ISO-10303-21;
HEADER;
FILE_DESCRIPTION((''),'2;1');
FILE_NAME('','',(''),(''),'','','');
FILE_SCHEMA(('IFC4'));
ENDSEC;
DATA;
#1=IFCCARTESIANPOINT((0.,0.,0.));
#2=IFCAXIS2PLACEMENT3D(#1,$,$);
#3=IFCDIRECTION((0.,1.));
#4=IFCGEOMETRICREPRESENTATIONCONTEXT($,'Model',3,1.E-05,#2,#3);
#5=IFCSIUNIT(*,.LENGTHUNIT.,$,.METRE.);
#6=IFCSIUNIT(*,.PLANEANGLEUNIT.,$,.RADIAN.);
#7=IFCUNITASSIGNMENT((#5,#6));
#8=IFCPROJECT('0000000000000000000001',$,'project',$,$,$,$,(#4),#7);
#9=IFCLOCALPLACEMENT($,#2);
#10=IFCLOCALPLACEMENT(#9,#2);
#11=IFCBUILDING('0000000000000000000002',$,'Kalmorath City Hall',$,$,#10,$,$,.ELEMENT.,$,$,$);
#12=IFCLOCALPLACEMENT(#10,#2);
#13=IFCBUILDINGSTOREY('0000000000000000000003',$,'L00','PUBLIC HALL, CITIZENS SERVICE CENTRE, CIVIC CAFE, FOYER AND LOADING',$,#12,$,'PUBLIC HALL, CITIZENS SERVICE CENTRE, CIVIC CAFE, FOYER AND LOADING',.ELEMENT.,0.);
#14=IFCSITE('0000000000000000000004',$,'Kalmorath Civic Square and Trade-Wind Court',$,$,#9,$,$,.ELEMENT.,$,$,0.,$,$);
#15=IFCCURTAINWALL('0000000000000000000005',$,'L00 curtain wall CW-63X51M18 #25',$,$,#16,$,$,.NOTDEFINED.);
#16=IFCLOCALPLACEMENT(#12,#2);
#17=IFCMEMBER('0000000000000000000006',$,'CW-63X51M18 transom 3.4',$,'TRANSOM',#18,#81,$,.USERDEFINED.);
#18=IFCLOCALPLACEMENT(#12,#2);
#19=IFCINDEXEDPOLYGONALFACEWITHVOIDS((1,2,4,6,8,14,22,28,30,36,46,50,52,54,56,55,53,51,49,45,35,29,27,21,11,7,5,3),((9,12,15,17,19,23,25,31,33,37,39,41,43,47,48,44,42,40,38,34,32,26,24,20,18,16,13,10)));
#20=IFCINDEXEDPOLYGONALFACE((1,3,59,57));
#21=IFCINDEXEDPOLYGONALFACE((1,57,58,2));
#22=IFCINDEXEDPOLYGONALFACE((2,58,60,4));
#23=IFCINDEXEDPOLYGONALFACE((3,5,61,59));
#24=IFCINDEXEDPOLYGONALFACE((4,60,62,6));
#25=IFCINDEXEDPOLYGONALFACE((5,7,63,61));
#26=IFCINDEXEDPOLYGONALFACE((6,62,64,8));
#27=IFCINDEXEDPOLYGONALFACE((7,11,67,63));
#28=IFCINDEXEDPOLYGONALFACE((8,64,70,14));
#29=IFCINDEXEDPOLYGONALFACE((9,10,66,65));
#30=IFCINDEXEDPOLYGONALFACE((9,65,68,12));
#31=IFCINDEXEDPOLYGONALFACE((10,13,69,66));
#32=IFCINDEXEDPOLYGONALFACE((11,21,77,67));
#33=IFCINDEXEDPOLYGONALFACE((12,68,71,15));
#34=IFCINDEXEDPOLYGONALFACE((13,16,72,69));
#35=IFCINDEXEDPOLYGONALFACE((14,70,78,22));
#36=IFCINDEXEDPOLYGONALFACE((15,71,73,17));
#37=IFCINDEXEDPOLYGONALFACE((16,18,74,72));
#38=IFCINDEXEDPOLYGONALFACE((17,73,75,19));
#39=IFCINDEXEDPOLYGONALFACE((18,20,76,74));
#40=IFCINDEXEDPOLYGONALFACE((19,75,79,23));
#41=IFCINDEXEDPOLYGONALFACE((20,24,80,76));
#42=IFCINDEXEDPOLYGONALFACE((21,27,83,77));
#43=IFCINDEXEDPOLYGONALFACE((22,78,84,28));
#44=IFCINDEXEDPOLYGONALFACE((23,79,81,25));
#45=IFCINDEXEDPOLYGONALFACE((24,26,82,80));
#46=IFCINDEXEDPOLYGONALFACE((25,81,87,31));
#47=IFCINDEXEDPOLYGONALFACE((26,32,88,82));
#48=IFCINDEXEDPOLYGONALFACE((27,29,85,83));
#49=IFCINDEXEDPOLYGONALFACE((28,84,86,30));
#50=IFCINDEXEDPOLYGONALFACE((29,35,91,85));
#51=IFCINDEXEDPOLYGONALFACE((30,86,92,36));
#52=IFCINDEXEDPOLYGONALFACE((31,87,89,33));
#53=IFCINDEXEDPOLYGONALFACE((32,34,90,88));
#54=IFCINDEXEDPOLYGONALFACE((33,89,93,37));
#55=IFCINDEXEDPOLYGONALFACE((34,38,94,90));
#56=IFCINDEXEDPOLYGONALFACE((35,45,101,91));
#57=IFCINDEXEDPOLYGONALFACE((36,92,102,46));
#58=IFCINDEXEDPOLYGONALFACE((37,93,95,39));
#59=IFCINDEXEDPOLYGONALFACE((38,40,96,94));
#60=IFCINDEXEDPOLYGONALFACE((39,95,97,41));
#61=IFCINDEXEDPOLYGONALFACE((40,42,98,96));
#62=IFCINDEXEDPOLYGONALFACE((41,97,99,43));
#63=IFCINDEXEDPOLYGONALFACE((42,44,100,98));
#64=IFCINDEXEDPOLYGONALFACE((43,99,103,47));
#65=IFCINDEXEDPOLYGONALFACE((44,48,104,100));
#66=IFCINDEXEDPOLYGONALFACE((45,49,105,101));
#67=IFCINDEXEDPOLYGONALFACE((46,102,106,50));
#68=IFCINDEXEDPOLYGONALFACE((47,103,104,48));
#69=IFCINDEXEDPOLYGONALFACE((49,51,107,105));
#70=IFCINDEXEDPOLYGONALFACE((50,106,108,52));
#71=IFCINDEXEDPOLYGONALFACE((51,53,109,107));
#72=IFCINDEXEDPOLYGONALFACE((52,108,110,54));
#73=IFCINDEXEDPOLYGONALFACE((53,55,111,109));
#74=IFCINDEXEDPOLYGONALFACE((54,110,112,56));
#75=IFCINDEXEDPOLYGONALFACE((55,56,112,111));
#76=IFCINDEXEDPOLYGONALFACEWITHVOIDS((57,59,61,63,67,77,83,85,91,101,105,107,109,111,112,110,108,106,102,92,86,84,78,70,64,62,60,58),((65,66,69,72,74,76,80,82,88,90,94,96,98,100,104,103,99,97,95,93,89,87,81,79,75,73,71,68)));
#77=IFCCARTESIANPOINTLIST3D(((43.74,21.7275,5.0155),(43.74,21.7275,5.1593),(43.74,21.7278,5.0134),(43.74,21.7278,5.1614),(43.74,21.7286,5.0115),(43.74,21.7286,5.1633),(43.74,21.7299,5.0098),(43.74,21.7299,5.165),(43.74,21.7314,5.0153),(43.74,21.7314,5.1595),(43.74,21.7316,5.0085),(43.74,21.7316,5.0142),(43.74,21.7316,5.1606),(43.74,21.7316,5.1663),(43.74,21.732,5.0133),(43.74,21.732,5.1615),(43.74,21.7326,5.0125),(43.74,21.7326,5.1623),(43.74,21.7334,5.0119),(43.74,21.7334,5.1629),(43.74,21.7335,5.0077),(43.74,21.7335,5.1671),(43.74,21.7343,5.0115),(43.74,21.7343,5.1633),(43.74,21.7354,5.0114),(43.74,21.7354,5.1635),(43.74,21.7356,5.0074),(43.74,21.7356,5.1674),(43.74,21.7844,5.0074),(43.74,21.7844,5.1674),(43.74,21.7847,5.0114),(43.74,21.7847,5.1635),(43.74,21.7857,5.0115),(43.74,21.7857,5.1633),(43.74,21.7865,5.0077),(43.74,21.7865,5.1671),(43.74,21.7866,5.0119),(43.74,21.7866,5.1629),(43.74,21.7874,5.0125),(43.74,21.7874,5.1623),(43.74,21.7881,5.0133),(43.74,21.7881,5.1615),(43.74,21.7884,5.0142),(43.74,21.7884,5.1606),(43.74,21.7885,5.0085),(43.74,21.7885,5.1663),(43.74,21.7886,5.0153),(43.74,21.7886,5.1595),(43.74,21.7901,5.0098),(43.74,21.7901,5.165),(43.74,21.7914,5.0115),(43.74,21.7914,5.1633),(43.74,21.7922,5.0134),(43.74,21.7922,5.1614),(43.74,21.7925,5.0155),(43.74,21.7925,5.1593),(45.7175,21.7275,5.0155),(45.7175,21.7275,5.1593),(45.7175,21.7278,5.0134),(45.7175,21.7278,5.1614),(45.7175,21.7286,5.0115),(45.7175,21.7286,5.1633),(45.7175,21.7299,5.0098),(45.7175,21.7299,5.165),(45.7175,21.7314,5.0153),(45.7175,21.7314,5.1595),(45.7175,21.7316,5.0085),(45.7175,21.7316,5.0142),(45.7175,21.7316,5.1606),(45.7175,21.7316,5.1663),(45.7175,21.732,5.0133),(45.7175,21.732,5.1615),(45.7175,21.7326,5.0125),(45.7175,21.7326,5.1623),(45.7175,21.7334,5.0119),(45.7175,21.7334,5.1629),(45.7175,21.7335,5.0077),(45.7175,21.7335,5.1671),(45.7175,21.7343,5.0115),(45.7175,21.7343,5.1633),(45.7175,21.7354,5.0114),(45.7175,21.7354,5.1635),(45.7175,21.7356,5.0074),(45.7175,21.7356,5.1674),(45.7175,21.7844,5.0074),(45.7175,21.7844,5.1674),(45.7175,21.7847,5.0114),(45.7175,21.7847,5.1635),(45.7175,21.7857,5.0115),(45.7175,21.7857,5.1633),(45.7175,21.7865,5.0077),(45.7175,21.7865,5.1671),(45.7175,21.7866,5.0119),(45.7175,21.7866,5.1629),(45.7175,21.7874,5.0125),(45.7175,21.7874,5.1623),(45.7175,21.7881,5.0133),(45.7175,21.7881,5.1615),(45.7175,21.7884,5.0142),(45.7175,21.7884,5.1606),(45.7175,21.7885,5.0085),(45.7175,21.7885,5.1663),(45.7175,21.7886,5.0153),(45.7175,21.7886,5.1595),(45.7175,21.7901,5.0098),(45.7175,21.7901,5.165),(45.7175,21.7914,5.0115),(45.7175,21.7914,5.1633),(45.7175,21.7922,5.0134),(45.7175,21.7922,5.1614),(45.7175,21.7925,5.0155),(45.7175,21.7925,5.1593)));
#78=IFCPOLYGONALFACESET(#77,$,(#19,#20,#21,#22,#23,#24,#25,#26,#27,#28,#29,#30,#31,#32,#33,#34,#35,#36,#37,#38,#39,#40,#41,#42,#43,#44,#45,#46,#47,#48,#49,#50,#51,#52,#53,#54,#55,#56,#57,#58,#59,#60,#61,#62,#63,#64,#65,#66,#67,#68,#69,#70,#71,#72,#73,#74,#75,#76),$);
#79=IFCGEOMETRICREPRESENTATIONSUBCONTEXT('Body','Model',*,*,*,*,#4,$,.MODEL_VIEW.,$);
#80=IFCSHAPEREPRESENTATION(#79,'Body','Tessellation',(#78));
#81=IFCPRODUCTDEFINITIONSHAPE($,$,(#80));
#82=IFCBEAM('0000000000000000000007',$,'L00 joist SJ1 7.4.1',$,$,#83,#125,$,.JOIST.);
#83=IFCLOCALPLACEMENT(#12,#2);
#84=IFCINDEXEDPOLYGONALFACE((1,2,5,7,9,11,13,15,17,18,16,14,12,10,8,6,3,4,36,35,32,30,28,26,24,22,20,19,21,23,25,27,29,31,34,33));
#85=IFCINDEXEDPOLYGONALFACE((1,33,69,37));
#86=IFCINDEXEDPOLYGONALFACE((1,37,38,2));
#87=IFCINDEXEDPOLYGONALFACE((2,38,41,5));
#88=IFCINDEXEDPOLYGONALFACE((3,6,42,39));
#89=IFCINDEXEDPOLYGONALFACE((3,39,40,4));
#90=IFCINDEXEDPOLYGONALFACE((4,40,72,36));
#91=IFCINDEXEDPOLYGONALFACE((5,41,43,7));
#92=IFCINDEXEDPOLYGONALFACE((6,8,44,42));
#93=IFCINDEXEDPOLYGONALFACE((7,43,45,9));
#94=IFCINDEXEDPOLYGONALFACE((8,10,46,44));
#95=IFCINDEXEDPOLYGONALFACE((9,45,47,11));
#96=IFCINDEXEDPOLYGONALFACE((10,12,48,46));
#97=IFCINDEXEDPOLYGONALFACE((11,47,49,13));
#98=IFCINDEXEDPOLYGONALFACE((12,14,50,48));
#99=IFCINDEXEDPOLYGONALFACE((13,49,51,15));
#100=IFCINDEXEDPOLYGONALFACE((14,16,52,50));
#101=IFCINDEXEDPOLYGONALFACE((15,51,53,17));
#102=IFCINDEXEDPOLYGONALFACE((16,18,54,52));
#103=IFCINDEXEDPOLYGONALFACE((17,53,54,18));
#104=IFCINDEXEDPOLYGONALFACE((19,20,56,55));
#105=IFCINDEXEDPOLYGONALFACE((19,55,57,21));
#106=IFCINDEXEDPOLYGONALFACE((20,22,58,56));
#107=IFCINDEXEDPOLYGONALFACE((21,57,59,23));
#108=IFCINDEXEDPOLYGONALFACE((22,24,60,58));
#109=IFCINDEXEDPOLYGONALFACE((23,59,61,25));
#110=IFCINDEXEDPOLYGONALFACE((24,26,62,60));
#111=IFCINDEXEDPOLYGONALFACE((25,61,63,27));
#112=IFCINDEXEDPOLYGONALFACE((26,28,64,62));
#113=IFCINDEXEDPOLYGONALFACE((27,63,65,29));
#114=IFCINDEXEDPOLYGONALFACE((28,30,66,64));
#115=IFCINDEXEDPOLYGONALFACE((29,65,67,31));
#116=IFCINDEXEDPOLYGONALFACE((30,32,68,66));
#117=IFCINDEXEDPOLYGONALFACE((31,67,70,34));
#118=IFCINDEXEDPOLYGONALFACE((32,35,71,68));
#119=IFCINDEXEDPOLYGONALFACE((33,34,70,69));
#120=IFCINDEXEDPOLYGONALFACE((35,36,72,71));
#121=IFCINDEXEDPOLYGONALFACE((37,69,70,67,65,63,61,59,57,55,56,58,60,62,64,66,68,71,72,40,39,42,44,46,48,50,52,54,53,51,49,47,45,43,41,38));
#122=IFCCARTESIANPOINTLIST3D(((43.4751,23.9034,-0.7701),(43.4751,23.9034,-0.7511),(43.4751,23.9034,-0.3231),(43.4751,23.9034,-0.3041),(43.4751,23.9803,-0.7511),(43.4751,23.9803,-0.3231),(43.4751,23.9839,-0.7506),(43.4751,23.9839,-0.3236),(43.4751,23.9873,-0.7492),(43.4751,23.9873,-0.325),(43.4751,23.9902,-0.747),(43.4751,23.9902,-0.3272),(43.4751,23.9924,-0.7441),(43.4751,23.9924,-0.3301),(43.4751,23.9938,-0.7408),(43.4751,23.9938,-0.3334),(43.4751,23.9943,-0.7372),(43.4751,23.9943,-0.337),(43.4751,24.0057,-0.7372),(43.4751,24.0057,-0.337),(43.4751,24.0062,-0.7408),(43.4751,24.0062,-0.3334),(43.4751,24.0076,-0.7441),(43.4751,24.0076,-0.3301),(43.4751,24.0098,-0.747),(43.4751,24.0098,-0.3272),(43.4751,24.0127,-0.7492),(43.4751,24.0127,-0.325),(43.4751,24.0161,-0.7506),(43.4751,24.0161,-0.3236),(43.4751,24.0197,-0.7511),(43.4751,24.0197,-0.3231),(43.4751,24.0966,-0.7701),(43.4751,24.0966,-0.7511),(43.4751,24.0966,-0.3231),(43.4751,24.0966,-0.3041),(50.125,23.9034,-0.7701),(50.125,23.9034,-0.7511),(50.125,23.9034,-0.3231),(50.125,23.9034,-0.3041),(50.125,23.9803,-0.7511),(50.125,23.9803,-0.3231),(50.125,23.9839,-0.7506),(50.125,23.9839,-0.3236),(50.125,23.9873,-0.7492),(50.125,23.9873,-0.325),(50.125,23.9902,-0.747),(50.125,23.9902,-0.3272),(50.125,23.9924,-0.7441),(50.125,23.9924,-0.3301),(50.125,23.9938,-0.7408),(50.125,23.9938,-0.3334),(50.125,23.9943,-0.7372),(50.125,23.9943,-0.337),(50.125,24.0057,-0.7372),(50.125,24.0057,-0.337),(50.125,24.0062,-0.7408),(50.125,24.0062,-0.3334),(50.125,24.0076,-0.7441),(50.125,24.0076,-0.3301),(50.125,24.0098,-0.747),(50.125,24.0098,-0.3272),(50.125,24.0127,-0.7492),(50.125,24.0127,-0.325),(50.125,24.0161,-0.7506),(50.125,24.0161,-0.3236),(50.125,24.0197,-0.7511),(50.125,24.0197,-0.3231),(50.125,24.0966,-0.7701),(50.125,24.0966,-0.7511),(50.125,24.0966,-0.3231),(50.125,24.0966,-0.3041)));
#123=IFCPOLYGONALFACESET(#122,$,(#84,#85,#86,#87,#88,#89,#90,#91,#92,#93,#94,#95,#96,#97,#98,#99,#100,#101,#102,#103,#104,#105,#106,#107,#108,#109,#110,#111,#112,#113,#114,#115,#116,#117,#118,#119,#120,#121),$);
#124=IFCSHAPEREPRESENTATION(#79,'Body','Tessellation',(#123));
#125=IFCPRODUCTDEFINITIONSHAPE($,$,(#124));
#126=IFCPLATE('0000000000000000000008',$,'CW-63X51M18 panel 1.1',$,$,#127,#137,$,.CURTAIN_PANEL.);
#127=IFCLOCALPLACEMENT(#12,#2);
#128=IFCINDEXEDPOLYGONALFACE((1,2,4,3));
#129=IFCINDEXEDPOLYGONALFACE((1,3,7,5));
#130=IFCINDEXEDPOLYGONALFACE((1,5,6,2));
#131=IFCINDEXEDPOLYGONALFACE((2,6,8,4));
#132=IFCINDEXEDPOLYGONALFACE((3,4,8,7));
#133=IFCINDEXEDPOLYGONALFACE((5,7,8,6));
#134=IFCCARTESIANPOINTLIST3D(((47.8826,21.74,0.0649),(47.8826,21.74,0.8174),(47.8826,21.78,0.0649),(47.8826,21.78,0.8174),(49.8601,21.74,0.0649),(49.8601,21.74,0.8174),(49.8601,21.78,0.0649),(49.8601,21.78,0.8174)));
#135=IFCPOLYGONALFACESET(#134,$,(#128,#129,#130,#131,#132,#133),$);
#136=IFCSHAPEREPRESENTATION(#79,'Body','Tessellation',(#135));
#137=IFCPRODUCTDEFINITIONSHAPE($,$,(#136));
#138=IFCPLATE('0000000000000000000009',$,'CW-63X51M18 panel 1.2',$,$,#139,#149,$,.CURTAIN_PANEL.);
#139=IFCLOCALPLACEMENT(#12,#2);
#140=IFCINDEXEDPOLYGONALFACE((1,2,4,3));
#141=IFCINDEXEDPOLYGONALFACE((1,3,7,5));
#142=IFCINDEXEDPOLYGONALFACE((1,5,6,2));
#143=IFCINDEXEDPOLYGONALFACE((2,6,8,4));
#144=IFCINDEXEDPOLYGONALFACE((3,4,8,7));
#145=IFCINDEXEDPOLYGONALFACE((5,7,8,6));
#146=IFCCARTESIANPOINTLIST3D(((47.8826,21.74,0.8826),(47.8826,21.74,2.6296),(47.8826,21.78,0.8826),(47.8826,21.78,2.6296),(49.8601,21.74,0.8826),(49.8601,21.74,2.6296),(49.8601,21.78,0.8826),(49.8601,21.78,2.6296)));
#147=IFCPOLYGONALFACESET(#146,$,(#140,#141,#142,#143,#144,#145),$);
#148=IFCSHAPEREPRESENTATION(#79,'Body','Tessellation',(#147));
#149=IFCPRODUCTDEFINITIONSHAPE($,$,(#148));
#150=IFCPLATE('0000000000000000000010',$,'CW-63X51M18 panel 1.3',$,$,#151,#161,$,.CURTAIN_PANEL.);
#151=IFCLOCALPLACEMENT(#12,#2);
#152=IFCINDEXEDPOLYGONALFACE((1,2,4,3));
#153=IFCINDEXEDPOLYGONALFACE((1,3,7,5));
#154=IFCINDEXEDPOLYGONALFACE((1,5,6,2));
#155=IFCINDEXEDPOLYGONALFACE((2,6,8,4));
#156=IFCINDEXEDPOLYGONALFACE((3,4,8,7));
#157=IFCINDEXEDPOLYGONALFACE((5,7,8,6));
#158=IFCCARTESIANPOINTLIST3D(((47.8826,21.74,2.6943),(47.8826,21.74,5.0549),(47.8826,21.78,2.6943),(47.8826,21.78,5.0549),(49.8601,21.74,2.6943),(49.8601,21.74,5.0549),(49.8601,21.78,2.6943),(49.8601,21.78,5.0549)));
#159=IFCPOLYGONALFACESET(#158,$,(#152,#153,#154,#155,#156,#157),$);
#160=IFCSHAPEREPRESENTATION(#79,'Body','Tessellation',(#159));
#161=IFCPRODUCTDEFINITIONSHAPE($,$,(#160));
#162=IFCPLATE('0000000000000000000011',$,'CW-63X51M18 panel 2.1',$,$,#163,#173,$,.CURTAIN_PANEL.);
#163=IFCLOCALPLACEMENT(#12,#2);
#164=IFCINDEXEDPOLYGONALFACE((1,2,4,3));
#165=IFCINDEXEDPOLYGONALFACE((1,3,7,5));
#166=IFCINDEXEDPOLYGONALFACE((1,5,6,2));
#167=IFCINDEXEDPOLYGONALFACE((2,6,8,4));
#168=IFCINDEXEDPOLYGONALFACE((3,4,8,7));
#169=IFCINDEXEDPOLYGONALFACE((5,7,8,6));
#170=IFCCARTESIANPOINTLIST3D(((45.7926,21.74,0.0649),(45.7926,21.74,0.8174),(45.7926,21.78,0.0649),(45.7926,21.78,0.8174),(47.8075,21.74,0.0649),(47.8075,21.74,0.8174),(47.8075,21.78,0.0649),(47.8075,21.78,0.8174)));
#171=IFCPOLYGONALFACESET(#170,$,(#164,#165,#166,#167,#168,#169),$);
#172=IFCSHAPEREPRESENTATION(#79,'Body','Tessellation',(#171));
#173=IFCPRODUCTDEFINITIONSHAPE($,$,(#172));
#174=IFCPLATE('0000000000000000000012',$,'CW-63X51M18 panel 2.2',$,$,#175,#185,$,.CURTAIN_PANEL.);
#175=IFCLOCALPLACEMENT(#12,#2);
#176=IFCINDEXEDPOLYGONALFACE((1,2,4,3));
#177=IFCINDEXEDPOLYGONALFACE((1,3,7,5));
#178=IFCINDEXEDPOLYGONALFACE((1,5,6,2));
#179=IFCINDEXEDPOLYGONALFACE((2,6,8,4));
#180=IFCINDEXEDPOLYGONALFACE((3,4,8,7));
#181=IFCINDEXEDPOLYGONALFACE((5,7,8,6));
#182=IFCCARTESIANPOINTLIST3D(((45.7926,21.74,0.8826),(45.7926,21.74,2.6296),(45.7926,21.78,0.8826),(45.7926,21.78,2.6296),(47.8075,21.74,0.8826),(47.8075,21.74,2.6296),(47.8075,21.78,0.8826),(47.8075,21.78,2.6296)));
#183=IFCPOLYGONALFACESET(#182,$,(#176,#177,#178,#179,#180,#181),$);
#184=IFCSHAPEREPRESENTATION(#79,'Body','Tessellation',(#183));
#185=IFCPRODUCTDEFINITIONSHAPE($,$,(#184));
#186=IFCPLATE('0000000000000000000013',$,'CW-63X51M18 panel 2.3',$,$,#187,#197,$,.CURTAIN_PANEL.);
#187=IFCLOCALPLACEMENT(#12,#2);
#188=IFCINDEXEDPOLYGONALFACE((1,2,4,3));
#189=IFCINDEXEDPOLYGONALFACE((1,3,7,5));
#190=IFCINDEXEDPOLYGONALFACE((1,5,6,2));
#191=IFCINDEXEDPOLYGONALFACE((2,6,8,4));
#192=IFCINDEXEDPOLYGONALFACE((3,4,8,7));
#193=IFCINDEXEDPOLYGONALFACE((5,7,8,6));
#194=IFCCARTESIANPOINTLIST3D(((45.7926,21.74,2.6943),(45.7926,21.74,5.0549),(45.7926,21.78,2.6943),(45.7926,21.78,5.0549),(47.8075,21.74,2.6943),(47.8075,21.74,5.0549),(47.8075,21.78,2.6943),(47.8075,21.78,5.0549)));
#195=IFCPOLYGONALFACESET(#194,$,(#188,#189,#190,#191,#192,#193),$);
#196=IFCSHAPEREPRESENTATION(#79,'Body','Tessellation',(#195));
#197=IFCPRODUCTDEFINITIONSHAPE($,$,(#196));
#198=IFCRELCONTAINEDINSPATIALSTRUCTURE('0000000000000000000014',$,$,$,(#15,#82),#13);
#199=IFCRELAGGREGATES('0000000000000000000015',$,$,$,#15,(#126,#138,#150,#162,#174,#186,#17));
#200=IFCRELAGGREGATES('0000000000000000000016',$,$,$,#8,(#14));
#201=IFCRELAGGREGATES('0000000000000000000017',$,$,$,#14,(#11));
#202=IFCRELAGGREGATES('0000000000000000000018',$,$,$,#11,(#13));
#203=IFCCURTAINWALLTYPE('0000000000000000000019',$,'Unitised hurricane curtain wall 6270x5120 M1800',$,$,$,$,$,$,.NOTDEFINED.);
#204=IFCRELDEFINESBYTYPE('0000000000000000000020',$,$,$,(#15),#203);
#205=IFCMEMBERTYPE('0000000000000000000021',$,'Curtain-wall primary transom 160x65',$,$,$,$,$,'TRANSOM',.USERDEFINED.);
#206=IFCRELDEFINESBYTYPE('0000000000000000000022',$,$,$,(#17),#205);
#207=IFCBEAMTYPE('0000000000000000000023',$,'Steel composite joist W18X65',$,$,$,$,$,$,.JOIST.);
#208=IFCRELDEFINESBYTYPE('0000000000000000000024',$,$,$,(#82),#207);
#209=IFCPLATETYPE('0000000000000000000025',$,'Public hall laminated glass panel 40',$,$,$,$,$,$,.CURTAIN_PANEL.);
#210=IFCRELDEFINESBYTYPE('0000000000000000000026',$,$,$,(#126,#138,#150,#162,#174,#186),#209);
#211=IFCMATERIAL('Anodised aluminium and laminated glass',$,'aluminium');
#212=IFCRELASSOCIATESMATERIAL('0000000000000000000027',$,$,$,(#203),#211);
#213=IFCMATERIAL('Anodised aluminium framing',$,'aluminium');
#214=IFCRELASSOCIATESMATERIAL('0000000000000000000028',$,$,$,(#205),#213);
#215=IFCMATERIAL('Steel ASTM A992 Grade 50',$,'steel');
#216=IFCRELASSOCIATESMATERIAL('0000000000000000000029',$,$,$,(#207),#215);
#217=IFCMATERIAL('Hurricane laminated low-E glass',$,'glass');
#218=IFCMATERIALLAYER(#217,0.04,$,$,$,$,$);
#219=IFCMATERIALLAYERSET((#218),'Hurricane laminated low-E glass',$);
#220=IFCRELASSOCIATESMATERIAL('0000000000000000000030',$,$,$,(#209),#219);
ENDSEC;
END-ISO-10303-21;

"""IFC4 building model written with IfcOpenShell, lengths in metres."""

from ifc_helpers import new_model, si_unit, direction, frame, origin, origin_2d, place, context, subcontext, project, spatial, rectangle, hollow_rectangle, i_section, extrude, material, layer, layer_set, material_profile, profile_set, type_object, element, aggregate, save


model = new_model("IFC4")

# Units and contexts
model_context = context("Model", 3, precision=1e-05, world=origin(), true_north=direction((0.0, 1.0)))
body_context = subcontext(model_context, "Body", "Model", "MODEL_VIEW")
ifc_project = project(units=[si_unit("LENGTHUNIT", "METRE"), si_unit("PLANEANGLEUNIT", "RADIAN")], contexts=[model_context])

# Site, building, storey
site_placement = place(None, origin())
site = spatial("IfcSite", under=ifc_project, at=site_placement, Name="Kalmorath Civic Square and Trade-Wind Court", CompositionType="ELEMENT", RefElevation=0.0)
building_placement = place(site_placement, origin())
building = spatial("IfcBuilding", under=site, at=building_placement, Name="Kalmorath City Hall", CompositionType="ELEMENT")
storey_placement = place(building_placement, origin())
storey = spatial("IfcBuildingStorey", under=building, at=storey_placement, Name="L00", Description="PUBLIC HALL, CITIZENS SERVICE CENTRE, CIVIC CAFE, FOYER AND LOADING", LongName="PUBLIC HALL, CITIZENS SERVICE CENTRE, CIVIC CAFE, FOYER AND LOADING", CompositionType="ELEMENT", Elevation=0.0)

# Curtain wall, member
ifc_material_1 = material(Name="Anodised aluminium and laminated glass", Category="aluminium")
curtain_wall_type = type_object("IfcCurtainWallType", Name="Unitised hurricane curtain wall 6270x5120 M1800", PredefinedType="NOTDEFINED", material=ifc_material_1)
curtain_wall_placement = place(storey_placement, origin())
curtain_wall = element("IfcCurtainWall", 1, at=curtain_wall_placement, inside=storey, type_object=curtain_wall_type, Name="L00 curtain wall CW-63X51M18 #25", PredefinedType="NOTDEFINED")
ifc_material_2 = material(Name="Anodised aluminium framing", Category="aluminium")
ifc_material_profile_1 = material_profile(ifc_material_2, hollow_rectangle(XDim=0.0649, YDim=0.1599, WallThickness=0.0039, InnerFilletRadius=0.0039, OuterFilletRadius=0.0081, at=origin_2d()), Name="ALU-TRN-160X65X4")
ifc_profile_set_1 = profile_set([ifc_material_profile_1], Name="Anodised aluminium framing")
member_type_1 = type_object("IfcMemberType", Name="Curtain-wall primary transom 160x65", ElementType="TRANSOM", PredefinedType="USERDEFINED", material=ifc_profile_set_1)
member_1_placement = place(storey_placement, frame((45.7175, 21.76, 5.0874), z_axis=(-1.0, 0.0, 0.0), x_axis=(0.0, -1.0, 0.0)))
member_1 = element("IfcMember", 2, at=member_1_placement, type_object=member_type_1, Name="CW-63X51M18 transom 3.4", ObjectType="TRANSOM", PredefinedType="USERDEFINED", context=body_context, shape_type="SweptSolid", body=[
    extrude(hollow_rectangle(XDim=0.0649, YDim=0.1599, WallThickness=0.0039, InnerFilletRadius=0.0039, OuterFilletRadius=0.0081, at=origin_2d()), origin(), (0.0, 0.0, 1.0), 1.9775),
])

# Beam
ifc_material_3 = material(Name="Steel ASTM A992 Grade 50", Category="steel")
ifc_material_profile_2 = material_profile(ifc_material_3, i_section(OverallWidth=0.1931, OverallDepth=0.4661, WebThickness=0.0115, FlangeThickness=0.019, FilletRadius=0.0139, at=origin_2d()), Name="W18X65")
ifc_profile_set_2 = profile_set([ifc_material_profile_2], Name="Steel ASTM A992 Grade 50")
beam_type_1 = type_object("IfcBeamType", Name="Steel composite joist W18X65", PredefinedType="JOIST", material=ifc_profile_set_2)
beam_1_placement = place(storey_placement, frame((43.4751, 24.0, -0.5371), z_axis=(1.0, 0.0, 0.0), x_axis=(0.0, 1.0, 0.0)))
element("IfcBeam", 3, at=beam_1_placement, inside=storey, type_object=beam_type_1, Name="L00 joist SJ1 7.4.1", PredefinedType="JOIST", context=body_context, shape_type="SweptSolid", body=[
    extrude(i_section(OverallWidth=0.1931, OverallDepth=0.4661, WebThickness=0.0115, FlangeThickness=0.019, FilletRadius=0.0139, at=origin_2d()), origin(), (0.0, 0.0, 1.0), 6.6499),
])

# Plates
ifc_material_4 = material(Name="Hurricane laminated low-E glass", Category="glass")
ifc_layer = layer(ifc_material_4, 0.04)
ifc_layer_set = layer_set([ifc_layer], Name="Hurricane laminated low-E glass")
plate_type = type_object("IfcPlateType", Name="Public hall laminated glass panel 40", PredefinedType="CURTAIN_PANEL", material=ifc_layer_set)
plate_1_placement = place(storey_placement, frame((48.8713, 21.76, 0.0649), z_axis=(0.0, 0.0, 1.0), x_axis=(-1.0, 0.0, 0.0)))
plate_1 = element("IfcPlate", 4, at=plate_1_placement, type_object=plate_type, Name="CW-63X51M18 panel 1.1", PredefinedType="CURTAIN_PANEL", context=body_context, shape_type="SweptSolid", body=[
    extrude(rectangle(XDim=1.9775, YDim=0.04, at=origin_2d()), origin(), (0.0, 0.0, 1.0), 0.7524),
])
plate_2_placement = place(storey_placement, frame((48.8713, 21.76, 0.8826), z_axis=(0.0, 0.0, 1.0), x_axis=(-1.0, 0.0, 0.0)))
plate_2 = element("IfcPlate", 5, at=plate_2_placement, type_object=plate_type, Name="CW-63X51M18 panel 1.2", PredefinedType="CURTAIN_PANEL", context=body_context, shape_type="SweptSolid", body=[
    extrude(rectangle(XDim=1.9775, YDim=0.04, at=origin_2d()), origin(), (0.0, 0.0, 1.0), 1.7471),
])
plate_3_placement = place(storey_placement, frame((48.8713, 21.76, 2.6943), z_axis=(0.0, 0.0, 1.0), x_axis=(-1.0, 0.0, 0.0)))
plate_3 = element("IfcPlate", 6, at=plate_3_placement, type_object=plate_type, Name="CW-63X51M18 panel 1.3", PredefinedType="CURTAIN_PANEL", context=body_context, shape_type="SweptSolid", body=[
    extrude(rectangle(XDim=1.9775, YDim=0.04, at=origin_2d()), origin(), (0.0, 0.0, 1.0), 2.3606),
])
plate_4_placement = place(storey_placement, frame((46.8, 21.76, 0.0649), z_axis=(0.0, 0.0, 1.0), x_axis=(-1.0, 0.0, 0.0)))
plate_4 = element("IfcPlate", 7, at=plate_4_placement, type_object=plate_type, Name="CW-63X51M18 panel 2.1", PredefinedType="CURTAIN_PANEL", context=body_context, shape_type="SweptSolid", body=[
    extrude(rectangle(XDim=2.0149, YDim=0.04, at=origin_2d()), origin(), (0.0, 0.0, 1.0), 0.7524),
])
plate_5_placement = place(storey_placement, frame((46.8, 21.76, 0.8826), z_axis=(0.0, 0.0, 1.0), x_axis=(-1.0, 0.0, 0.0)))
plate_5 = element("IfcPlate", 8, at=plate_5_placement, type_object=plate_type, Name="CW-63X51M18 panel 2.2", PredefinedType="CURTAIN_PANEL", context=body_context, shape_type="SweptSolid", body=[
    extrude(rectangle(XDim=2.0149, YDim=0.04, at=origin_2d()), origin(), (0.0, 0.0, 1.0), 1.7471),
])
plate_6_placement = place(storey_placement, frame((46.8, 21.76, 2.6943), z_axis=(0.0, 0.0, 1.0), x_axis=(-1.0, 0.0, 0.0)))
plate_6 = element("IfcPlate", 9, at=plate_6_placement, type_object=plate_type, Name="CW-63X51M18 panel 2.3", PredefinedType="CURTAIN_PANEL", context=body_context, shape_type="SweptSolid", body=[
    extrude(rectangle(XDim=2.0149, YDim=0.04, at=origin_2d()), origin(), (0.0, 0.0, 1.0), 2.3606),
])
aggregate(curtain_wall, [plate_1, plate_2, plate_3, plate_4, plate_5, plate_6, member_1])

save(model, "model.ifc")
